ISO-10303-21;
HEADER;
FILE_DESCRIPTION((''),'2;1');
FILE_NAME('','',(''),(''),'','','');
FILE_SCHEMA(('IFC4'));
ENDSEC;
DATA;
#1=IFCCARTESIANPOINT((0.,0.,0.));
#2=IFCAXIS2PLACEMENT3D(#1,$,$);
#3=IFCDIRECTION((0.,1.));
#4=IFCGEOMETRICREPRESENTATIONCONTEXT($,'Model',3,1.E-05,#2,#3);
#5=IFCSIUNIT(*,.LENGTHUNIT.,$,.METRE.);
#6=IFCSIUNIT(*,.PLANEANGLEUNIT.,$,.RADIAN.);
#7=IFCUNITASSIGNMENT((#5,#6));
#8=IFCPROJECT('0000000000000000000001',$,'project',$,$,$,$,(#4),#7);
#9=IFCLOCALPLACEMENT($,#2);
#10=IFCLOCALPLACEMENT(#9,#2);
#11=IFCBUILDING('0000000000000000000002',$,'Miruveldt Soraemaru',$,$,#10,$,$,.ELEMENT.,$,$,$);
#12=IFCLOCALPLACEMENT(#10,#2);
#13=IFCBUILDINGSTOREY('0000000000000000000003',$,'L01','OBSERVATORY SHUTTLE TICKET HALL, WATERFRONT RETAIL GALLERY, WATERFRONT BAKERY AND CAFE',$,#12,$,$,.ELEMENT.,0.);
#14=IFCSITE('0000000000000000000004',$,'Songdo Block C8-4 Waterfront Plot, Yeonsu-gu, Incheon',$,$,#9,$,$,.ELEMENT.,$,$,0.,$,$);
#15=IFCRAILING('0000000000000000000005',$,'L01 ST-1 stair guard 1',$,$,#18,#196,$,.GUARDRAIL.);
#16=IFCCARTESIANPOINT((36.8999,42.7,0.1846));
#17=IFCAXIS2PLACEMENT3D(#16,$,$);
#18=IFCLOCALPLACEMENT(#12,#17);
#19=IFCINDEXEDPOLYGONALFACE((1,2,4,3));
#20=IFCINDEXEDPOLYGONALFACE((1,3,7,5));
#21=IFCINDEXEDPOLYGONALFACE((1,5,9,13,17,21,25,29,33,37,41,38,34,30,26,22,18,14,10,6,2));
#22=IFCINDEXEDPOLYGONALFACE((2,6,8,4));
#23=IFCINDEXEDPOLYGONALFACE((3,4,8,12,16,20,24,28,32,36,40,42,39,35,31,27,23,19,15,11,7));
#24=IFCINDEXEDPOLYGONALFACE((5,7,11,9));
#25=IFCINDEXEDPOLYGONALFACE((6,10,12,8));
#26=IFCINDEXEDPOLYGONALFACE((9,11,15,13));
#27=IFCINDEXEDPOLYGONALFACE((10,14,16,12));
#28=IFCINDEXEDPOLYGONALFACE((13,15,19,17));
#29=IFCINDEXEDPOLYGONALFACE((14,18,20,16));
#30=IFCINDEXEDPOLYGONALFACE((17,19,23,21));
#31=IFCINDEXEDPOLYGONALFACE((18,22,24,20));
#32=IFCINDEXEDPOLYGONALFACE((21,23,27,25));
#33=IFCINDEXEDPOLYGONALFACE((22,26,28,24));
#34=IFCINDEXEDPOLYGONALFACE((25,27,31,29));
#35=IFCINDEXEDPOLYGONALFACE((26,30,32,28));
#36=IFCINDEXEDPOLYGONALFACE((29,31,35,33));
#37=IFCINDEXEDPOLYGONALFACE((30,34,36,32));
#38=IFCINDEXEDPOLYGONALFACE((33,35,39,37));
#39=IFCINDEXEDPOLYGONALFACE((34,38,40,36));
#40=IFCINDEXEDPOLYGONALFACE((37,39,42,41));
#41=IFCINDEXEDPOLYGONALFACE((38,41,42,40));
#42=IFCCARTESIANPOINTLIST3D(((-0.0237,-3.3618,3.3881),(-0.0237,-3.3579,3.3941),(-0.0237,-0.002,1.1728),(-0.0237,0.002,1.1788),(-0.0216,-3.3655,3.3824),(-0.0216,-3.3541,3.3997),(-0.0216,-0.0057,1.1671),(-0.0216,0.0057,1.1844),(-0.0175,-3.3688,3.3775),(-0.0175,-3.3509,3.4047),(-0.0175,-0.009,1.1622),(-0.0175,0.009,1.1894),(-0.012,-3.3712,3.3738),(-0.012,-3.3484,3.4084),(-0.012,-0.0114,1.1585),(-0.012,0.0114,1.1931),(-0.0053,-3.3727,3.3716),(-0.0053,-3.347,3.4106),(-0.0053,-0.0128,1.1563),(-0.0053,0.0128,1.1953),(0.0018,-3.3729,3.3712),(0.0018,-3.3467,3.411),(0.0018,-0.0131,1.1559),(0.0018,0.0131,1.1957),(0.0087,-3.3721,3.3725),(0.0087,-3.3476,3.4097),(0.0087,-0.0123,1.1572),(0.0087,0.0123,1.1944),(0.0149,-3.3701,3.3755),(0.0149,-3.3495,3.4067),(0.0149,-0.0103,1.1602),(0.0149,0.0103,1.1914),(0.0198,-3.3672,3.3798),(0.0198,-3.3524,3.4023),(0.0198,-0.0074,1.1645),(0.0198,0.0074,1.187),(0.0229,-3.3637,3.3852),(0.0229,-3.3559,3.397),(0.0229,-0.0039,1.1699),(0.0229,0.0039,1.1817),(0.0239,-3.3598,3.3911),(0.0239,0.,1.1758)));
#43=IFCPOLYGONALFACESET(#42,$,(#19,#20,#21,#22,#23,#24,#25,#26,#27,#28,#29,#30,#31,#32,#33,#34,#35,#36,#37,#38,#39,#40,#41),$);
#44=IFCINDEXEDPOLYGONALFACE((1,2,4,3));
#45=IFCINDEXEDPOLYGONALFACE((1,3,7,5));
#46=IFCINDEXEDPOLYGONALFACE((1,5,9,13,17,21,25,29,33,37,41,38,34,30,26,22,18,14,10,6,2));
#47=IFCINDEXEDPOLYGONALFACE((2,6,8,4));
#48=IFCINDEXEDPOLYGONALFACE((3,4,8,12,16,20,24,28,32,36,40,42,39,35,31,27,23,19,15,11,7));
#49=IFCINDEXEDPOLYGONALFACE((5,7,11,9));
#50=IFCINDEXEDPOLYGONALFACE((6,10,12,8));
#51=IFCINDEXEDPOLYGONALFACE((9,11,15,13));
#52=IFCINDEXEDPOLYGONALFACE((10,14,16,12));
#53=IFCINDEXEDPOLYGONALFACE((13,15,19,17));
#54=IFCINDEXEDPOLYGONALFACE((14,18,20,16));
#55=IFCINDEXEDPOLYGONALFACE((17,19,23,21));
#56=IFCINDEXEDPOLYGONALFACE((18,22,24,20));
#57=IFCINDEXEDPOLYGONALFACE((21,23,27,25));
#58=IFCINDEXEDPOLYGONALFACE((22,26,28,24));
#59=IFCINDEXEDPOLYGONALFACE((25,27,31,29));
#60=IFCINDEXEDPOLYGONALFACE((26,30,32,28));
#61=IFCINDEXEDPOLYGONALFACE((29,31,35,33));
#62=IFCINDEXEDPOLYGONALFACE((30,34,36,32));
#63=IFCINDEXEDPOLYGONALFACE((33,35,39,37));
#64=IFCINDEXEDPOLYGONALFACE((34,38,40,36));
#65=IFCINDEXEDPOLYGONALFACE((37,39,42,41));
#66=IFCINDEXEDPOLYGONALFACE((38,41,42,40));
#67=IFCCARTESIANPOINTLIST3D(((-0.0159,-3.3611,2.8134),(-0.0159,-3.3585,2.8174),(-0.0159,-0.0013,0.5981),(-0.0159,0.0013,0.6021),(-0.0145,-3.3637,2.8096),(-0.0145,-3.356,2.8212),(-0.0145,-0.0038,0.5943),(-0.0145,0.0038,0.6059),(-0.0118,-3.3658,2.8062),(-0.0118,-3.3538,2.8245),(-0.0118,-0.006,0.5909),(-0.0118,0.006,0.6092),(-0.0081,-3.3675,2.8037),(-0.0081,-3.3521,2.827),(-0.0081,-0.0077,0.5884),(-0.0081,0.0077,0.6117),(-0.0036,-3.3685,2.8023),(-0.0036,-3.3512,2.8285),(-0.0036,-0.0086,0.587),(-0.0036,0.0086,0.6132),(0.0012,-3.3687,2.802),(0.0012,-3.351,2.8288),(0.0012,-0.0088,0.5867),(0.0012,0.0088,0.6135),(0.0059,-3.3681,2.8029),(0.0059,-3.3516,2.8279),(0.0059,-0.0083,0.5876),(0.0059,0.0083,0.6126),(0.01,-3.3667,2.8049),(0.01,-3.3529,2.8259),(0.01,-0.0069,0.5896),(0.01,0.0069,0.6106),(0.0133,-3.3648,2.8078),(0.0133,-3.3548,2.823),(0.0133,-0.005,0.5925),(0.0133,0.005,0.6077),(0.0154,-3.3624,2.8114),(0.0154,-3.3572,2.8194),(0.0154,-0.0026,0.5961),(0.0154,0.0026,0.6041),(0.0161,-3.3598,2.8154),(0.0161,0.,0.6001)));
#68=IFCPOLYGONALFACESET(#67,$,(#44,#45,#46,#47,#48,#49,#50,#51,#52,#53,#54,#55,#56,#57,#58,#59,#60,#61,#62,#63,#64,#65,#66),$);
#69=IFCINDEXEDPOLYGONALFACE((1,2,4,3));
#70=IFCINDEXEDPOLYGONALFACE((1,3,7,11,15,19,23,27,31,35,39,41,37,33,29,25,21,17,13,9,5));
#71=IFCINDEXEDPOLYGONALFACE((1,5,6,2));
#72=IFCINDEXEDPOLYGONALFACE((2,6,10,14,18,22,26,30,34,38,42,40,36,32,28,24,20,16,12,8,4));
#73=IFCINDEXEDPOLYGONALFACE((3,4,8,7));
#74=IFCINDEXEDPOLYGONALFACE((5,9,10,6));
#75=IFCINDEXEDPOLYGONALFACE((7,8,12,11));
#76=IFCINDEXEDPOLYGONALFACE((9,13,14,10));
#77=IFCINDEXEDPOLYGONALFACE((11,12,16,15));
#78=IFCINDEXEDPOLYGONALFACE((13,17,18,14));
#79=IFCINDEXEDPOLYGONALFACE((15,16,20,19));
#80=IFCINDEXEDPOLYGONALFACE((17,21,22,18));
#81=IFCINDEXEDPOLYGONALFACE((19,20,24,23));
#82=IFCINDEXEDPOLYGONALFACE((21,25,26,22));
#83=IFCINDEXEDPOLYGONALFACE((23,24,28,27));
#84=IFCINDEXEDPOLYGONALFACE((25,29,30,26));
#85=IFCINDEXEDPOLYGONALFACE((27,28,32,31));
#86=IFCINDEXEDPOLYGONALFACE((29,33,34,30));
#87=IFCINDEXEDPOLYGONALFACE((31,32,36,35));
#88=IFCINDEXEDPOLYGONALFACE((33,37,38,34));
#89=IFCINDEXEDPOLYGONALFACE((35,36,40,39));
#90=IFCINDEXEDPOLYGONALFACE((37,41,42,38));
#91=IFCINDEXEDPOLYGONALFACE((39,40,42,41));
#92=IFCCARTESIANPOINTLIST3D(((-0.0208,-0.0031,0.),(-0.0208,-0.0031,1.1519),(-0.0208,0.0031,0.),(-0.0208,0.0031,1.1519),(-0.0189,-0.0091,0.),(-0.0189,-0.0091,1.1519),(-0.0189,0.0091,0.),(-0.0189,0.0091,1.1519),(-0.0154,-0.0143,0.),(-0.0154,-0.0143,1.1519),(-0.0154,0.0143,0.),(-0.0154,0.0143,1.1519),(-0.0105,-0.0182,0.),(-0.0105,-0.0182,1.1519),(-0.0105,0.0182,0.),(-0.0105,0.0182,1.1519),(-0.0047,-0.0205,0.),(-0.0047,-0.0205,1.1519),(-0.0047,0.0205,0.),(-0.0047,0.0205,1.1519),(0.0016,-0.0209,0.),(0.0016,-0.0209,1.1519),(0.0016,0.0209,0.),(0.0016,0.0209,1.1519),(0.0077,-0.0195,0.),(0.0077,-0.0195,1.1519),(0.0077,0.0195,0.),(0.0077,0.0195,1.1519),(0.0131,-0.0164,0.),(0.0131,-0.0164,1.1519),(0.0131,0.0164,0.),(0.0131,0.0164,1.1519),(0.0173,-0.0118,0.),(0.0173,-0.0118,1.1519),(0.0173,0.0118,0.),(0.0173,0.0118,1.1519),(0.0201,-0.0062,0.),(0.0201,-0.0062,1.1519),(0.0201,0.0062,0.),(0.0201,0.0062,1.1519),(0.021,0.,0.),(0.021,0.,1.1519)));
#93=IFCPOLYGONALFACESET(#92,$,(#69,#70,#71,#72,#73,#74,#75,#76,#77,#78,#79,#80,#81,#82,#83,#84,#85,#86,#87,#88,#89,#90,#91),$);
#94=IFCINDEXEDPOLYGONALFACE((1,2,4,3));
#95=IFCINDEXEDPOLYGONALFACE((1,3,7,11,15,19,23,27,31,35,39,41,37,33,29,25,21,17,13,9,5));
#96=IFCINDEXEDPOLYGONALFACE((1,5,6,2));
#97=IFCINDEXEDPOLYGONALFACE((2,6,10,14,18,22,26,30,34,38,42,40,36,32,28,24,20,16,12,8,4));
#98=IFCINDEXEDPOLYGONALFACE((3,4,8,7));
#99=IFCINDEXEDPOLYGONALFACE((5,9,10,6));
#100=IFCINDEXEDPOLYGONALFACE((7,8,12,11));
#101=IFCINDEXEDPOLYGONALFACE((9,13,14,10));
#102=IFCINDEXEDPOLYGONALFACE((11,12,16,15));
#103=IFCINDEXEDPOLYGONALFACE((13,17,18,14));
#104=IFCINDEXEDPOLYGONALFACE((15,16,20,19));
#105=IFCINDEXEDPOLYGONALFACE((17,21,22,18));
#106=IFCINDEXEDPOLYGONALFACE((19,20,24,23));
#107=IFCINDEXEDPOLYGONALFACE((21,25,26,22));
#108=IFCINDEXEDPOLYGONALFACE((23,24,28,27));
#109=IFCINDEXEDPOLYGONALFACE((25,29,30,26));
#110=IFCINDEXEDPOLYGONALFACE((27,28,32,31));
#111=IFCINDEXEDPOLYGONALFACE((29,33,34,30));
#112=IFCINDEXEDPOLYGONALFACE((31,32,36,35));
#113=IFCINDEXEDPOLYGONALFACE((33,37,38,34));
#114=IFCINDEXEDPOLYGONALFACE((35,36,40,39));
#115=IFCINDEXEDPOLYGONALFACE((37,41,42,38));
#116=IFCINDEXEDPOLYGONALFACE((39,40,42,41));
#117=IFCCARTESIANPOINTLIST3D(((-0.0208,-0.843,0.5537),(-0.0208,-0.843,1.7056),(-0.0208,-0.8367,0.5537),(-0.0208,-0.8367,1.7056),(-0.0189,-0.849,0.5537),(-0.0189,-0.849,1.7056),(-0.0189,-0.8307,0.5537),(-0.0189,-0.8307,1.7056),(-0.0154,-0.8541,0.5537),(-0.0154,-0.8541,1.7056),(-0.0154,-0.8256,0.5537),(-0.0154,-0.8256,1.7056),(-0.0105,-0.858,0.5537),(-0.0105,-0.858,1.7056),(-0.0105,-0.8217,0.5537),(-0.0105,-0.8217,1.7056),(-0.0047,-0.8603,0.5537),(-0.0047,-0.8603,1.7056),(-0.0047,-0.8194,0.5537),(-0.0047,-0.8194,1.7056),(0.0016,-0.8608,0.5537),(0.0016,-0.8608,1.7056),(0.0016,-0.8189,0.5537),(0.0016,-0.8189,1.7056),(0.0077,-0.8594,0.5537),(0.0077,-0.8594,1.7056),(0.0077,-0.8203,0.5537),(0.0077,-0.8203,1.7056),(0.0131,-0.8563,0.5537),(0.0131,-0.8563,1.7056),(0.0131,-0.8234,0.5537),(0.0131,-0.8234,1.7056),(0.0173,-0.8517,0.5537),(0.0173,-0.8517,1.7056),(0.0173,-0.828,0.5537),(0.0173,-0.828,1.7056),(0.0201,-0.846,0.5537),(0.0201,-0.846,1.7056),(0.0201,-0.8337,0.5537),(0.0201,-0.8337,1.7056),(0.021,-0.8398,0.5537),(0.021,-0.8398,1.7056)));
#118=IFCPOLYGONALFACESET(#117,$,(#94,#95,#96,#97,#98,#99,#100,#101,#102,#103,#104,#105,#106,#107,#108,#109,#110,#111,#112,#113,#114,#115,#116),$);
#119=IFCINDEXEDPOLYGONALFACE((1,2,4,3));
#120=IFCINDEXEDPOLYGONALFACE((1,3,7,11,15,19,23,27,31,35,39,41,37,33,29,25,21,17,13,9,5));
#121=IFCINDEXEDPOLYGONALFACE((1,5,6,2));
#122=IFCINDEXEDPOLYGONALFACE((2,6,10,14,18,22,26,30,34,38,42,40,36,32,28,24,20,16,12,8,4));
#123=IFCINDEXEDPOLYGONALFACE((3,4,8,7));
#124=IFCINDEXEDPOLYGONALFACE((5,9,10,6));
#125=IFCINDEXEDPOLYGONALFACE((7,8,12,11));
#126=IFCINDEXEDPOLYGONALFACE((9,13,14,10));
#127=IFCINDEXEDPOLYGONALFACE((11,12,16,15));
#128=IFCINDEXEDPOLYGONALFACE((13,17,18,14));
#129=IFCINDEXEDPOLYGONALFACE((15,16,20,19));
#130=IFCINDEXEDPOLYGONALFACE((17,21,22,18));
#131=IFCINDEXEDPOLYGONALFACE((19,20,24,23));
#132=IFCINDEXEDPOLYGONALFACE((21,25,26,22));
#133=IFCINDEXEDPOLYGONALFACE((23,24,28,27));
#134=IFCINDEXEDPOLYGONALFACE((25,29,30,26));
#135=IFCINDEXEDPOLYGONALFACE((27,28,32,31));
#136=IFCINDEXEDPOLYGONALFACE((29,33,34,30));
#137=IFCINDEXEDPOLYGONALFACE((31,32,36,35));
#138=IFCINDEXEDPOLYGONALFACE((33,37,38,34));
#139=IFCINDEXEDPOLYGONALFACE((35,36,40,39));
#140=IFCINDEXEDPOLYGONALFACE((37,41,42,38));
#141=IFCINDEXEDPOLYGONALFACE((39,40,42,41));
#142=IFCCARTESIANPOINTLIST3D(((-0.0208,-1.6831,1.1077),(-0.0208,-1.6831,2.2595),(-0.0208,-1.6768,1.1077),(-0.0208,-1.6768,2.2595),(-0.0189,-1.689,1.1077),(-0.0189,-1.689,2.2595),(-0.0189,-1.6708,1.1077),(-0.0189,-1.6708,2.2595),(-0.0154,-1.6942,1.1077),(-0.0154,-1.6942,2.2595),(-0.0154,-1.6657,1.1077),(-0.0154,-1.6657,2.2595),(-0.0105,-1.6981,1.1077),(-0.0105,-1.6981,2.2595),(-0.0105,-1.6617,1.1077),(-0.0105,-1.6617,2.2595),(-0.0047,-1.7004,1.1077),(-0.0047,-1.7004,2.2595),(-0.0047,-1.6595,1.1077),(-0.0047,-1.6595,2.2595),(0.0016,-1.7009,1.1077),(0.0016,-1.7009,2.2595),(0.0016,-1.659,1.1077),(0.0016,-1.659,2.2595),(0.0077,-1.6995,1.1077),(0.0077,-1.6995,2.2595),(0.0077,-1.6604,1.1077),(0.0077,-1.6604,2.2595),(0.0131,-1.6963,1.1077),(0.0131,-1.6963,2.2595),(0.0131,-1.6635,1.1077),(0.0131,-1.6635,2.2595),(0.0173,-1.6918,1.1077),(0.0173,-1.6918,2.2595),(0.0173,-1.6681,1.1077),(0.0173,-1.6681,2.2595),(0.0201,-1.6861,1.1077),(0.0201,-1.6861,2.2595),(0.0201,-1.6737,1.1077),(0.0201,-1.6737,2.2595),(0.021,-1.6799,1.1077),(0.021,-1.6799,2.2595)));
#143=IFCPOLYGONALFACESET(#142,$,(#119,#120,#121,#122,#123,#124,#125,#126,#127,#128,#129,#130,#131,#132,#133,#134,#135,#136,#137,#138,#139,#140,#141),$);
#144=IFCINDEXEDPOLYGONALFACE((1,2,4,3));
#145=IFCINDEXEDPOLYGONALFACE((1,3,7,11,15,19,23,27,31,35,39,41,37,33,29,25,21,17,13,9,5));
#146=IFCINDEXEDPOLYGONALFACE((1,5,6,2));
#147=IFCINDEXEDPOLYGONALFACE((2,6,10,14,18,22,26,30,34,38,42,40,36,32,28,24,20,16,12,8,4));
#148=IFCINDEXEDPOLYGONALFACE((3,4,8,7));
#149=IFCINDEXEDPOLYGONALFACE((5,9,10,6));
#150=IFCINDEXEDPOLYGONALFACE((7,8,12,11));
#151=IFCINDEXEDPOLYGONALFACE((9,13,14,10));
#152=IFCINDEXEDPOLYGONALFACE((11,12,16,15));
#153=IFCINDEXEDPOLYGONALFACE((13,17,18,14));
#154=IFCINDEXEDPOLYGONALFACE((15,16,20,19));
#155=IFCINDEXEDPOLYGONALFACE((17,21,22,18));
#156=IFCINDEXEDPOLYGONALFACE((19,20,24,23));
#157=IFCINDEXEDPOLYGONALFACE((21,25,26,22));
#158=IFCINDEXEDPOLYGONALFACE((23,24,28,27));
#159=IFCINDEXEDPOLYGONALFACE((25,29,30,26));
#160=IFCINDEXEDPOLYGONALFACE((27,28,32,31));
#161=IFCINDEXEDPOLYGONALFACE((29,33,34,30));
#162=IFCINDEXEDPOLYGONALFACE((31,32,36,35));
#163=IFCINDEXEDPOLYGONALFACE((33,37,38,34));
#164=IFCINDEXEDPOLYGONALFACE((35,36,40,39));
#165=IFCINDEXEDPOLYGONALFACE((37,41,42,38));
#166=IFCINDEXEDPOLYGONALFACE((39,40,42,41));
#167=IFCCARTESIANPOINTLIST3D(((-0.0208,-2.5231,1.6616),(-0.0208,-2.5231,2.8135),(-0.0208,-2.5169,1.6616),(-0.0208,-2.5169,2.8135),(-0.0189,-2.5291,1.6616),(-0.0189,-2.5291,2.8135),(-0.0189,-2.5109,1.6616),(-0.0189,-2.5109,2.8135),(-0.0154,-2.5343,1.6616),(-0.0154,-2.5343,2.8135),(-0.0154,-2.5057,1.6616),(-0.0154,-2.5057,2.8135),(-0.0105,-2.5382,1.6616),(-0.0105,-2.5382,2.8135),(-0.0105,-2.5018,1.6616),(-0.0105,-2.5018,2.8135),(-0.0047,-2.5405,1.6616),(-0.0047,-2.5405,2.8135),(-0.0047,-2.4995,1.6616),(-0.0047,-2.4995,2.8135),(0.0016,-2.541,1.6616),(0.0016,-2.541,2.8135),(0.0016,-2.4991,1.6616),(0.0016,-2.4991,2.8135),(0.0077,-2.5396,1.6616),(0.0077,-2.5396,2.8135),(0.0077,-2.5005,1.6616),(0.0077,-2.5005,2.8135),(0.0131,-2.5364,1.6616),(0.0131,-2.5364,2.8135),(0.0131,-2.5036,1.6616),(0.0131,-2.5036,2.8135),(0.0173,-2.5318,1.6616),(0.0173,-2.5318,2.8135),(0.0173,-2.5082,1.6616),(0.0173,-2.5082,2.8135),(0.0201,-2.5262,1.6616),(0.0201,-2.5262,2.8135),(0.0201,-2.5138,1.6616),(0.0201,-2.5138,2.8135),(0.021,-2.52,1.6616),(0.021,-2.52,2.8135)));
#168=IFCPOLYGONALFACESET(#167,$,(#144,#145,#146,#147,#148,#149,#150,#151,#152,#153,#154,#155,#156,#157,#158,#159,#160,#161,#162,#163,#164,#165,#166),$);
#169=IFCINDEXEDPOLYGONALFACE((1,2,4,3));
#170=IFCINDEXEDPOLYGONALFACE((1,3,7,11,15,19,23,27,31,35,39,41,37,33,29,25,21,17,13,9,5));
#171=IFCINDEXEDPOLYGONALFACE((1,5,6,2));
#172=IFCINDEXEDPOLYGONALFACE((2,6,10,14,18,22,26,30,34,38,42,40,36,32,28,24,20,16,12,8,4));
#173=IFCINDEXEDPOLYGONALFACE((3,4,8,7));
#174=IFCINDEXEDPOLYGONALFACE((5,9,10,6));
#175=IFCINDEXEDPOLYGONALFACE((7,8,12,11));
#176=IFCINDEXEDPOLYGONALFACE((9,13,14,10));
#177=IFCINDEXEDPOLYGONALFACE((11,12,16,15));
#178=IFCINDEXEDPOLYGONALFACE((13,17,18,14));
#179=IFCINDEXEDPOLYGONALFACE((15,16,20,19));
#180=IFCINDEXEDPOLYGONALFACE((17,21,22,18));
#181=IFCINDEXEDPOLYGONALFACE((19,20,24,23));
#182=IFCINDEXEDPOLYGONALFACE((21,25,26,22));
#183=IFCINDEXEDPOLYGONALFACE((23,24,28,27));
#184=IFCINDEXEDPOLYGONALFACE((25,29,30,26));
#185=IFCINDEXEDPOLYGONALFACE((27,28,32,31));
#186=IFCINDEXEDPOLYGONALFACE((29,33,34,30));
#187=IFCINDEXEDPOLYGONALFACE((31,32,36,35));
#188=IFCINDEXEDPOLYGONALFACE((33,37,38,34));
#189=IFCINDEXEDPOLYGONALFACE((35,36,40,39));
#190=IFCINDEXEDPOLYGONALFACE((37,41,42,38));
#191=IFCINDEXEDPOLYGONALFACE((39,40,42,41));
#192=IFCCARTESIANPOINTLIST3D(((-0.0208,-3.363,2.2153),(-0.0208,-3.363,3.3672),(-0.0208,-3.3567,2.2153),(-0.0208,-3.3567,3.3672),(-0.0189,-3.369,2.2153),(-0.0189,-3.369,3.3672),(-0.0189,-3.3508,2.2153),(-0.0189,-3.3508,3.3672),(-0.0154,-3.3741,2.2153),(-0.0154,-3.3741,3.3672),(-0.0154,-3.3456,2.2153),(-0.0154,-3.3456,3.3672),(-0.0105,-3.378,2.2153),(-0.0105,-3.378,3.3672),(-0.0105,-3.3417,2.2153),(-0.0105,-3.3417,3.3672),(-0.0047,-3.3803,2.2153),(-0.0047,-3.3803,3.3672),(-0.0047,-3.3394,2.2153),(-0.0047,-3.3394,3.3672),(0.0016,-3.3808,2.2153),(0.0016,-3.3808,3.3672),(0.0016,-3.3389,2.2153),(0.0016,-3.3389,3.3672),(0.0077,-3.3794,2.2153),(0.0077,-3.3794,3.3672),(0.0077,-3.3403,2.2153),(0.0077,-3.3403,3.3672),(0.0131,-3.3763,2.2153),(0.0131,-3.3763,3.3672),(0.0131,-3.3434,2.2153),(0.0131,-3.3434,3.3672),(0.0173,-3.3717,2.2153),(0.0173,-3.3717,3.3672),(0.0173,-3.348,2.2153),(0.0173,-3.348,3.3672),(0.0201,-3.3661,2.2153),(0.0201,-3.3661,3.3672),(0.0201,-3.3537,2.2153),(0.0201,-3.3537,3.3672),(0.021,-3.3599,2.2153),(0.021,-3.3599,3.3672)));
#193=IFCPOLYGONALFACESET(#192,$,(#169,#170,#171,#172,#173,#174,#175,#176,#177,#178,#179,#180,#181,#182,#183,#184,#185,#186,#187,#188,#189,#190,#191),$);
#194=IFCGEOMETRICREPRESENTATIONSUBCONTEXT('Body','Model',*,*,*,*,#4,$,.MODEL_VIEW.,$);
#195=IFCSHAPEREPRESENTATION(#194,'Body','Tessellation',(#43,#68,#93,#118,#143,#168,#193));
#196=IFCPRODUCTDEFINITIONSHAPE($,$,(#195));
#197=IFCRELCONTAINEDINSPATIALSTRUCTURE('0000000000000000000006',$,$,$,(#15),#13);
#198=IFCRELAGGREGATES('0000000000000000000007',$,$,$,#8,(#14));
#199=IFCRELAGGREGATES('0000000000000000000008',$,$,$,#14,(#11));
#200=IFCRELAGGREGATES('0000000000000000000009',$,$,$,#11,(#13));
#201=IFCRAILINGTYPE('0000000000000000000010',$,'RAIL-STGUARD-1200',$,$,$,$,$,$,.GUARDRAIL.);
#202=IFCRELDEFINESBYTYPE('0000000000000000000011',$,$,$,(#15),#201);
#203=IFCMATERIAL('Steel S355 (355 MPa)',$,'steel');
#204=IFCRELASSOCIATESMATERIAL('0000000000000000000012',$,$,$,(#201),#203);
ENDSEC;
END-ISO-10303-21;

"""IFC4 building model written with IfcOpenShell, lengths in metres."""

from ifc_helpers import new_model, si_unit, direction, frame, origin, origin_2d, place, context, subcontext, project, spatial, circle, extrude, material, type_object, element, save


model = new_model("IFC4")

# Units and contexts
model_context = context("Model", 3, precision=1e-05, world=origin(), true_north=direction((0.0, 1.0)))
body_context = subcontext(model_context, "Body", "Model", "MODEL_VIEW")
ifc_project = project(units=[si_unit("LENGTHUNIT", "METRE"), si_unit("PLANEANGLEUNIT", "RADIAN")], contexts=[model_context])

# Site, building, storey
site_placement = place(None, origin())
site = spatial("IfcSite", under=ifc_project, at=site_placement, Name="Songdo Block C8-4 Waterfront Plot, Yeonsu-gu, Incheon", CompositionType="ELEMENT", RefElevation=0.0)
building_placement = place(site_placement, origin())
building = spatial("IfcBuilding", under=site, at=building_placement, Name="Miruveldt Soraemaru", CompositionType="ELEMENT")
storey_placement = place(building_placement, origin())
storey = spatial("IfcBuildingStorey", under=building, at=storey_placement, Name="L01", Description="OBSERVATORY SHUTTLE TICKET HALL, WATERFRONT RETAIL GALLERY, WATERFRONT BAKERY AND CAFE", CompositionType="ELEMENT", Elevation=0.0)

# Railing
ifc_material_1 = material(Name="Steel S355 (355 MPa)", Category="steel")
railing_type = type_object("IfcRailingType", Name="RAIL-STGUARD-1200", PredefinedType="GUARDRAIL", material=ifc_material_1)
railing_1_placement = place(storey_placement, frame((36.8999, 42.7, 0.1846)))
element("IfcRailing", 1, at=railing_1_placement, inside=storey, type_object=railing_type, Name="L01 ST-1 stair guard 1", PredefinedType="GUARDRAIL", context=body_context, shape_type="SweptSolid", body=[
    extrude(circle(Radius=0.0239, at=origin_2d()), frame((0.0, 0.0, 1.1758), z_axis=(0.0, -0.834858, 0.550465), x_axis=(1.0, 0.0, 0.0)), (0.0, 0.0, 1.0), 4.0244),
    extrude(circle(Radius=0.0161, at=origin_2d()), frame((0.0, 0.0, 0.6001), z_axis=(0.0, -0.834858, 0.550465), x_axis=(1.0, 0.0, 0.0)), (0.0, 0.0, 1.0), 4.0244),
    extrude(circle(Radius=0.021, at=origin_2d()), origin(), (0.0, 0.0, 1.0), 1.1519),
    extrude(circle(Radius=0.021, at=origin_2d()), frame((0.0, -0.8398, 0.5537)), (0.0, 0.0, 1.0), 1.1519),
    extrude(circle(Radius=0.021, at=origin_2d()), frame((0.0, -1.6799, 1.1077)), (0.0, 0.0, 1.0), 1.1519),
    extrude(circle(Radius=0.021, at=origin_2d()), frame((0.0, -2.52, 1.6616)), (0.0, 0.0, 1.0), 1.1519),
    extrude(circle(Radius=0.021, at=origin_2d()), frame((0.0, -3.3599, 2.2153)), (0.0, 0.0, 1.0), 1.1519),
])

save(model, "model.ifc")
